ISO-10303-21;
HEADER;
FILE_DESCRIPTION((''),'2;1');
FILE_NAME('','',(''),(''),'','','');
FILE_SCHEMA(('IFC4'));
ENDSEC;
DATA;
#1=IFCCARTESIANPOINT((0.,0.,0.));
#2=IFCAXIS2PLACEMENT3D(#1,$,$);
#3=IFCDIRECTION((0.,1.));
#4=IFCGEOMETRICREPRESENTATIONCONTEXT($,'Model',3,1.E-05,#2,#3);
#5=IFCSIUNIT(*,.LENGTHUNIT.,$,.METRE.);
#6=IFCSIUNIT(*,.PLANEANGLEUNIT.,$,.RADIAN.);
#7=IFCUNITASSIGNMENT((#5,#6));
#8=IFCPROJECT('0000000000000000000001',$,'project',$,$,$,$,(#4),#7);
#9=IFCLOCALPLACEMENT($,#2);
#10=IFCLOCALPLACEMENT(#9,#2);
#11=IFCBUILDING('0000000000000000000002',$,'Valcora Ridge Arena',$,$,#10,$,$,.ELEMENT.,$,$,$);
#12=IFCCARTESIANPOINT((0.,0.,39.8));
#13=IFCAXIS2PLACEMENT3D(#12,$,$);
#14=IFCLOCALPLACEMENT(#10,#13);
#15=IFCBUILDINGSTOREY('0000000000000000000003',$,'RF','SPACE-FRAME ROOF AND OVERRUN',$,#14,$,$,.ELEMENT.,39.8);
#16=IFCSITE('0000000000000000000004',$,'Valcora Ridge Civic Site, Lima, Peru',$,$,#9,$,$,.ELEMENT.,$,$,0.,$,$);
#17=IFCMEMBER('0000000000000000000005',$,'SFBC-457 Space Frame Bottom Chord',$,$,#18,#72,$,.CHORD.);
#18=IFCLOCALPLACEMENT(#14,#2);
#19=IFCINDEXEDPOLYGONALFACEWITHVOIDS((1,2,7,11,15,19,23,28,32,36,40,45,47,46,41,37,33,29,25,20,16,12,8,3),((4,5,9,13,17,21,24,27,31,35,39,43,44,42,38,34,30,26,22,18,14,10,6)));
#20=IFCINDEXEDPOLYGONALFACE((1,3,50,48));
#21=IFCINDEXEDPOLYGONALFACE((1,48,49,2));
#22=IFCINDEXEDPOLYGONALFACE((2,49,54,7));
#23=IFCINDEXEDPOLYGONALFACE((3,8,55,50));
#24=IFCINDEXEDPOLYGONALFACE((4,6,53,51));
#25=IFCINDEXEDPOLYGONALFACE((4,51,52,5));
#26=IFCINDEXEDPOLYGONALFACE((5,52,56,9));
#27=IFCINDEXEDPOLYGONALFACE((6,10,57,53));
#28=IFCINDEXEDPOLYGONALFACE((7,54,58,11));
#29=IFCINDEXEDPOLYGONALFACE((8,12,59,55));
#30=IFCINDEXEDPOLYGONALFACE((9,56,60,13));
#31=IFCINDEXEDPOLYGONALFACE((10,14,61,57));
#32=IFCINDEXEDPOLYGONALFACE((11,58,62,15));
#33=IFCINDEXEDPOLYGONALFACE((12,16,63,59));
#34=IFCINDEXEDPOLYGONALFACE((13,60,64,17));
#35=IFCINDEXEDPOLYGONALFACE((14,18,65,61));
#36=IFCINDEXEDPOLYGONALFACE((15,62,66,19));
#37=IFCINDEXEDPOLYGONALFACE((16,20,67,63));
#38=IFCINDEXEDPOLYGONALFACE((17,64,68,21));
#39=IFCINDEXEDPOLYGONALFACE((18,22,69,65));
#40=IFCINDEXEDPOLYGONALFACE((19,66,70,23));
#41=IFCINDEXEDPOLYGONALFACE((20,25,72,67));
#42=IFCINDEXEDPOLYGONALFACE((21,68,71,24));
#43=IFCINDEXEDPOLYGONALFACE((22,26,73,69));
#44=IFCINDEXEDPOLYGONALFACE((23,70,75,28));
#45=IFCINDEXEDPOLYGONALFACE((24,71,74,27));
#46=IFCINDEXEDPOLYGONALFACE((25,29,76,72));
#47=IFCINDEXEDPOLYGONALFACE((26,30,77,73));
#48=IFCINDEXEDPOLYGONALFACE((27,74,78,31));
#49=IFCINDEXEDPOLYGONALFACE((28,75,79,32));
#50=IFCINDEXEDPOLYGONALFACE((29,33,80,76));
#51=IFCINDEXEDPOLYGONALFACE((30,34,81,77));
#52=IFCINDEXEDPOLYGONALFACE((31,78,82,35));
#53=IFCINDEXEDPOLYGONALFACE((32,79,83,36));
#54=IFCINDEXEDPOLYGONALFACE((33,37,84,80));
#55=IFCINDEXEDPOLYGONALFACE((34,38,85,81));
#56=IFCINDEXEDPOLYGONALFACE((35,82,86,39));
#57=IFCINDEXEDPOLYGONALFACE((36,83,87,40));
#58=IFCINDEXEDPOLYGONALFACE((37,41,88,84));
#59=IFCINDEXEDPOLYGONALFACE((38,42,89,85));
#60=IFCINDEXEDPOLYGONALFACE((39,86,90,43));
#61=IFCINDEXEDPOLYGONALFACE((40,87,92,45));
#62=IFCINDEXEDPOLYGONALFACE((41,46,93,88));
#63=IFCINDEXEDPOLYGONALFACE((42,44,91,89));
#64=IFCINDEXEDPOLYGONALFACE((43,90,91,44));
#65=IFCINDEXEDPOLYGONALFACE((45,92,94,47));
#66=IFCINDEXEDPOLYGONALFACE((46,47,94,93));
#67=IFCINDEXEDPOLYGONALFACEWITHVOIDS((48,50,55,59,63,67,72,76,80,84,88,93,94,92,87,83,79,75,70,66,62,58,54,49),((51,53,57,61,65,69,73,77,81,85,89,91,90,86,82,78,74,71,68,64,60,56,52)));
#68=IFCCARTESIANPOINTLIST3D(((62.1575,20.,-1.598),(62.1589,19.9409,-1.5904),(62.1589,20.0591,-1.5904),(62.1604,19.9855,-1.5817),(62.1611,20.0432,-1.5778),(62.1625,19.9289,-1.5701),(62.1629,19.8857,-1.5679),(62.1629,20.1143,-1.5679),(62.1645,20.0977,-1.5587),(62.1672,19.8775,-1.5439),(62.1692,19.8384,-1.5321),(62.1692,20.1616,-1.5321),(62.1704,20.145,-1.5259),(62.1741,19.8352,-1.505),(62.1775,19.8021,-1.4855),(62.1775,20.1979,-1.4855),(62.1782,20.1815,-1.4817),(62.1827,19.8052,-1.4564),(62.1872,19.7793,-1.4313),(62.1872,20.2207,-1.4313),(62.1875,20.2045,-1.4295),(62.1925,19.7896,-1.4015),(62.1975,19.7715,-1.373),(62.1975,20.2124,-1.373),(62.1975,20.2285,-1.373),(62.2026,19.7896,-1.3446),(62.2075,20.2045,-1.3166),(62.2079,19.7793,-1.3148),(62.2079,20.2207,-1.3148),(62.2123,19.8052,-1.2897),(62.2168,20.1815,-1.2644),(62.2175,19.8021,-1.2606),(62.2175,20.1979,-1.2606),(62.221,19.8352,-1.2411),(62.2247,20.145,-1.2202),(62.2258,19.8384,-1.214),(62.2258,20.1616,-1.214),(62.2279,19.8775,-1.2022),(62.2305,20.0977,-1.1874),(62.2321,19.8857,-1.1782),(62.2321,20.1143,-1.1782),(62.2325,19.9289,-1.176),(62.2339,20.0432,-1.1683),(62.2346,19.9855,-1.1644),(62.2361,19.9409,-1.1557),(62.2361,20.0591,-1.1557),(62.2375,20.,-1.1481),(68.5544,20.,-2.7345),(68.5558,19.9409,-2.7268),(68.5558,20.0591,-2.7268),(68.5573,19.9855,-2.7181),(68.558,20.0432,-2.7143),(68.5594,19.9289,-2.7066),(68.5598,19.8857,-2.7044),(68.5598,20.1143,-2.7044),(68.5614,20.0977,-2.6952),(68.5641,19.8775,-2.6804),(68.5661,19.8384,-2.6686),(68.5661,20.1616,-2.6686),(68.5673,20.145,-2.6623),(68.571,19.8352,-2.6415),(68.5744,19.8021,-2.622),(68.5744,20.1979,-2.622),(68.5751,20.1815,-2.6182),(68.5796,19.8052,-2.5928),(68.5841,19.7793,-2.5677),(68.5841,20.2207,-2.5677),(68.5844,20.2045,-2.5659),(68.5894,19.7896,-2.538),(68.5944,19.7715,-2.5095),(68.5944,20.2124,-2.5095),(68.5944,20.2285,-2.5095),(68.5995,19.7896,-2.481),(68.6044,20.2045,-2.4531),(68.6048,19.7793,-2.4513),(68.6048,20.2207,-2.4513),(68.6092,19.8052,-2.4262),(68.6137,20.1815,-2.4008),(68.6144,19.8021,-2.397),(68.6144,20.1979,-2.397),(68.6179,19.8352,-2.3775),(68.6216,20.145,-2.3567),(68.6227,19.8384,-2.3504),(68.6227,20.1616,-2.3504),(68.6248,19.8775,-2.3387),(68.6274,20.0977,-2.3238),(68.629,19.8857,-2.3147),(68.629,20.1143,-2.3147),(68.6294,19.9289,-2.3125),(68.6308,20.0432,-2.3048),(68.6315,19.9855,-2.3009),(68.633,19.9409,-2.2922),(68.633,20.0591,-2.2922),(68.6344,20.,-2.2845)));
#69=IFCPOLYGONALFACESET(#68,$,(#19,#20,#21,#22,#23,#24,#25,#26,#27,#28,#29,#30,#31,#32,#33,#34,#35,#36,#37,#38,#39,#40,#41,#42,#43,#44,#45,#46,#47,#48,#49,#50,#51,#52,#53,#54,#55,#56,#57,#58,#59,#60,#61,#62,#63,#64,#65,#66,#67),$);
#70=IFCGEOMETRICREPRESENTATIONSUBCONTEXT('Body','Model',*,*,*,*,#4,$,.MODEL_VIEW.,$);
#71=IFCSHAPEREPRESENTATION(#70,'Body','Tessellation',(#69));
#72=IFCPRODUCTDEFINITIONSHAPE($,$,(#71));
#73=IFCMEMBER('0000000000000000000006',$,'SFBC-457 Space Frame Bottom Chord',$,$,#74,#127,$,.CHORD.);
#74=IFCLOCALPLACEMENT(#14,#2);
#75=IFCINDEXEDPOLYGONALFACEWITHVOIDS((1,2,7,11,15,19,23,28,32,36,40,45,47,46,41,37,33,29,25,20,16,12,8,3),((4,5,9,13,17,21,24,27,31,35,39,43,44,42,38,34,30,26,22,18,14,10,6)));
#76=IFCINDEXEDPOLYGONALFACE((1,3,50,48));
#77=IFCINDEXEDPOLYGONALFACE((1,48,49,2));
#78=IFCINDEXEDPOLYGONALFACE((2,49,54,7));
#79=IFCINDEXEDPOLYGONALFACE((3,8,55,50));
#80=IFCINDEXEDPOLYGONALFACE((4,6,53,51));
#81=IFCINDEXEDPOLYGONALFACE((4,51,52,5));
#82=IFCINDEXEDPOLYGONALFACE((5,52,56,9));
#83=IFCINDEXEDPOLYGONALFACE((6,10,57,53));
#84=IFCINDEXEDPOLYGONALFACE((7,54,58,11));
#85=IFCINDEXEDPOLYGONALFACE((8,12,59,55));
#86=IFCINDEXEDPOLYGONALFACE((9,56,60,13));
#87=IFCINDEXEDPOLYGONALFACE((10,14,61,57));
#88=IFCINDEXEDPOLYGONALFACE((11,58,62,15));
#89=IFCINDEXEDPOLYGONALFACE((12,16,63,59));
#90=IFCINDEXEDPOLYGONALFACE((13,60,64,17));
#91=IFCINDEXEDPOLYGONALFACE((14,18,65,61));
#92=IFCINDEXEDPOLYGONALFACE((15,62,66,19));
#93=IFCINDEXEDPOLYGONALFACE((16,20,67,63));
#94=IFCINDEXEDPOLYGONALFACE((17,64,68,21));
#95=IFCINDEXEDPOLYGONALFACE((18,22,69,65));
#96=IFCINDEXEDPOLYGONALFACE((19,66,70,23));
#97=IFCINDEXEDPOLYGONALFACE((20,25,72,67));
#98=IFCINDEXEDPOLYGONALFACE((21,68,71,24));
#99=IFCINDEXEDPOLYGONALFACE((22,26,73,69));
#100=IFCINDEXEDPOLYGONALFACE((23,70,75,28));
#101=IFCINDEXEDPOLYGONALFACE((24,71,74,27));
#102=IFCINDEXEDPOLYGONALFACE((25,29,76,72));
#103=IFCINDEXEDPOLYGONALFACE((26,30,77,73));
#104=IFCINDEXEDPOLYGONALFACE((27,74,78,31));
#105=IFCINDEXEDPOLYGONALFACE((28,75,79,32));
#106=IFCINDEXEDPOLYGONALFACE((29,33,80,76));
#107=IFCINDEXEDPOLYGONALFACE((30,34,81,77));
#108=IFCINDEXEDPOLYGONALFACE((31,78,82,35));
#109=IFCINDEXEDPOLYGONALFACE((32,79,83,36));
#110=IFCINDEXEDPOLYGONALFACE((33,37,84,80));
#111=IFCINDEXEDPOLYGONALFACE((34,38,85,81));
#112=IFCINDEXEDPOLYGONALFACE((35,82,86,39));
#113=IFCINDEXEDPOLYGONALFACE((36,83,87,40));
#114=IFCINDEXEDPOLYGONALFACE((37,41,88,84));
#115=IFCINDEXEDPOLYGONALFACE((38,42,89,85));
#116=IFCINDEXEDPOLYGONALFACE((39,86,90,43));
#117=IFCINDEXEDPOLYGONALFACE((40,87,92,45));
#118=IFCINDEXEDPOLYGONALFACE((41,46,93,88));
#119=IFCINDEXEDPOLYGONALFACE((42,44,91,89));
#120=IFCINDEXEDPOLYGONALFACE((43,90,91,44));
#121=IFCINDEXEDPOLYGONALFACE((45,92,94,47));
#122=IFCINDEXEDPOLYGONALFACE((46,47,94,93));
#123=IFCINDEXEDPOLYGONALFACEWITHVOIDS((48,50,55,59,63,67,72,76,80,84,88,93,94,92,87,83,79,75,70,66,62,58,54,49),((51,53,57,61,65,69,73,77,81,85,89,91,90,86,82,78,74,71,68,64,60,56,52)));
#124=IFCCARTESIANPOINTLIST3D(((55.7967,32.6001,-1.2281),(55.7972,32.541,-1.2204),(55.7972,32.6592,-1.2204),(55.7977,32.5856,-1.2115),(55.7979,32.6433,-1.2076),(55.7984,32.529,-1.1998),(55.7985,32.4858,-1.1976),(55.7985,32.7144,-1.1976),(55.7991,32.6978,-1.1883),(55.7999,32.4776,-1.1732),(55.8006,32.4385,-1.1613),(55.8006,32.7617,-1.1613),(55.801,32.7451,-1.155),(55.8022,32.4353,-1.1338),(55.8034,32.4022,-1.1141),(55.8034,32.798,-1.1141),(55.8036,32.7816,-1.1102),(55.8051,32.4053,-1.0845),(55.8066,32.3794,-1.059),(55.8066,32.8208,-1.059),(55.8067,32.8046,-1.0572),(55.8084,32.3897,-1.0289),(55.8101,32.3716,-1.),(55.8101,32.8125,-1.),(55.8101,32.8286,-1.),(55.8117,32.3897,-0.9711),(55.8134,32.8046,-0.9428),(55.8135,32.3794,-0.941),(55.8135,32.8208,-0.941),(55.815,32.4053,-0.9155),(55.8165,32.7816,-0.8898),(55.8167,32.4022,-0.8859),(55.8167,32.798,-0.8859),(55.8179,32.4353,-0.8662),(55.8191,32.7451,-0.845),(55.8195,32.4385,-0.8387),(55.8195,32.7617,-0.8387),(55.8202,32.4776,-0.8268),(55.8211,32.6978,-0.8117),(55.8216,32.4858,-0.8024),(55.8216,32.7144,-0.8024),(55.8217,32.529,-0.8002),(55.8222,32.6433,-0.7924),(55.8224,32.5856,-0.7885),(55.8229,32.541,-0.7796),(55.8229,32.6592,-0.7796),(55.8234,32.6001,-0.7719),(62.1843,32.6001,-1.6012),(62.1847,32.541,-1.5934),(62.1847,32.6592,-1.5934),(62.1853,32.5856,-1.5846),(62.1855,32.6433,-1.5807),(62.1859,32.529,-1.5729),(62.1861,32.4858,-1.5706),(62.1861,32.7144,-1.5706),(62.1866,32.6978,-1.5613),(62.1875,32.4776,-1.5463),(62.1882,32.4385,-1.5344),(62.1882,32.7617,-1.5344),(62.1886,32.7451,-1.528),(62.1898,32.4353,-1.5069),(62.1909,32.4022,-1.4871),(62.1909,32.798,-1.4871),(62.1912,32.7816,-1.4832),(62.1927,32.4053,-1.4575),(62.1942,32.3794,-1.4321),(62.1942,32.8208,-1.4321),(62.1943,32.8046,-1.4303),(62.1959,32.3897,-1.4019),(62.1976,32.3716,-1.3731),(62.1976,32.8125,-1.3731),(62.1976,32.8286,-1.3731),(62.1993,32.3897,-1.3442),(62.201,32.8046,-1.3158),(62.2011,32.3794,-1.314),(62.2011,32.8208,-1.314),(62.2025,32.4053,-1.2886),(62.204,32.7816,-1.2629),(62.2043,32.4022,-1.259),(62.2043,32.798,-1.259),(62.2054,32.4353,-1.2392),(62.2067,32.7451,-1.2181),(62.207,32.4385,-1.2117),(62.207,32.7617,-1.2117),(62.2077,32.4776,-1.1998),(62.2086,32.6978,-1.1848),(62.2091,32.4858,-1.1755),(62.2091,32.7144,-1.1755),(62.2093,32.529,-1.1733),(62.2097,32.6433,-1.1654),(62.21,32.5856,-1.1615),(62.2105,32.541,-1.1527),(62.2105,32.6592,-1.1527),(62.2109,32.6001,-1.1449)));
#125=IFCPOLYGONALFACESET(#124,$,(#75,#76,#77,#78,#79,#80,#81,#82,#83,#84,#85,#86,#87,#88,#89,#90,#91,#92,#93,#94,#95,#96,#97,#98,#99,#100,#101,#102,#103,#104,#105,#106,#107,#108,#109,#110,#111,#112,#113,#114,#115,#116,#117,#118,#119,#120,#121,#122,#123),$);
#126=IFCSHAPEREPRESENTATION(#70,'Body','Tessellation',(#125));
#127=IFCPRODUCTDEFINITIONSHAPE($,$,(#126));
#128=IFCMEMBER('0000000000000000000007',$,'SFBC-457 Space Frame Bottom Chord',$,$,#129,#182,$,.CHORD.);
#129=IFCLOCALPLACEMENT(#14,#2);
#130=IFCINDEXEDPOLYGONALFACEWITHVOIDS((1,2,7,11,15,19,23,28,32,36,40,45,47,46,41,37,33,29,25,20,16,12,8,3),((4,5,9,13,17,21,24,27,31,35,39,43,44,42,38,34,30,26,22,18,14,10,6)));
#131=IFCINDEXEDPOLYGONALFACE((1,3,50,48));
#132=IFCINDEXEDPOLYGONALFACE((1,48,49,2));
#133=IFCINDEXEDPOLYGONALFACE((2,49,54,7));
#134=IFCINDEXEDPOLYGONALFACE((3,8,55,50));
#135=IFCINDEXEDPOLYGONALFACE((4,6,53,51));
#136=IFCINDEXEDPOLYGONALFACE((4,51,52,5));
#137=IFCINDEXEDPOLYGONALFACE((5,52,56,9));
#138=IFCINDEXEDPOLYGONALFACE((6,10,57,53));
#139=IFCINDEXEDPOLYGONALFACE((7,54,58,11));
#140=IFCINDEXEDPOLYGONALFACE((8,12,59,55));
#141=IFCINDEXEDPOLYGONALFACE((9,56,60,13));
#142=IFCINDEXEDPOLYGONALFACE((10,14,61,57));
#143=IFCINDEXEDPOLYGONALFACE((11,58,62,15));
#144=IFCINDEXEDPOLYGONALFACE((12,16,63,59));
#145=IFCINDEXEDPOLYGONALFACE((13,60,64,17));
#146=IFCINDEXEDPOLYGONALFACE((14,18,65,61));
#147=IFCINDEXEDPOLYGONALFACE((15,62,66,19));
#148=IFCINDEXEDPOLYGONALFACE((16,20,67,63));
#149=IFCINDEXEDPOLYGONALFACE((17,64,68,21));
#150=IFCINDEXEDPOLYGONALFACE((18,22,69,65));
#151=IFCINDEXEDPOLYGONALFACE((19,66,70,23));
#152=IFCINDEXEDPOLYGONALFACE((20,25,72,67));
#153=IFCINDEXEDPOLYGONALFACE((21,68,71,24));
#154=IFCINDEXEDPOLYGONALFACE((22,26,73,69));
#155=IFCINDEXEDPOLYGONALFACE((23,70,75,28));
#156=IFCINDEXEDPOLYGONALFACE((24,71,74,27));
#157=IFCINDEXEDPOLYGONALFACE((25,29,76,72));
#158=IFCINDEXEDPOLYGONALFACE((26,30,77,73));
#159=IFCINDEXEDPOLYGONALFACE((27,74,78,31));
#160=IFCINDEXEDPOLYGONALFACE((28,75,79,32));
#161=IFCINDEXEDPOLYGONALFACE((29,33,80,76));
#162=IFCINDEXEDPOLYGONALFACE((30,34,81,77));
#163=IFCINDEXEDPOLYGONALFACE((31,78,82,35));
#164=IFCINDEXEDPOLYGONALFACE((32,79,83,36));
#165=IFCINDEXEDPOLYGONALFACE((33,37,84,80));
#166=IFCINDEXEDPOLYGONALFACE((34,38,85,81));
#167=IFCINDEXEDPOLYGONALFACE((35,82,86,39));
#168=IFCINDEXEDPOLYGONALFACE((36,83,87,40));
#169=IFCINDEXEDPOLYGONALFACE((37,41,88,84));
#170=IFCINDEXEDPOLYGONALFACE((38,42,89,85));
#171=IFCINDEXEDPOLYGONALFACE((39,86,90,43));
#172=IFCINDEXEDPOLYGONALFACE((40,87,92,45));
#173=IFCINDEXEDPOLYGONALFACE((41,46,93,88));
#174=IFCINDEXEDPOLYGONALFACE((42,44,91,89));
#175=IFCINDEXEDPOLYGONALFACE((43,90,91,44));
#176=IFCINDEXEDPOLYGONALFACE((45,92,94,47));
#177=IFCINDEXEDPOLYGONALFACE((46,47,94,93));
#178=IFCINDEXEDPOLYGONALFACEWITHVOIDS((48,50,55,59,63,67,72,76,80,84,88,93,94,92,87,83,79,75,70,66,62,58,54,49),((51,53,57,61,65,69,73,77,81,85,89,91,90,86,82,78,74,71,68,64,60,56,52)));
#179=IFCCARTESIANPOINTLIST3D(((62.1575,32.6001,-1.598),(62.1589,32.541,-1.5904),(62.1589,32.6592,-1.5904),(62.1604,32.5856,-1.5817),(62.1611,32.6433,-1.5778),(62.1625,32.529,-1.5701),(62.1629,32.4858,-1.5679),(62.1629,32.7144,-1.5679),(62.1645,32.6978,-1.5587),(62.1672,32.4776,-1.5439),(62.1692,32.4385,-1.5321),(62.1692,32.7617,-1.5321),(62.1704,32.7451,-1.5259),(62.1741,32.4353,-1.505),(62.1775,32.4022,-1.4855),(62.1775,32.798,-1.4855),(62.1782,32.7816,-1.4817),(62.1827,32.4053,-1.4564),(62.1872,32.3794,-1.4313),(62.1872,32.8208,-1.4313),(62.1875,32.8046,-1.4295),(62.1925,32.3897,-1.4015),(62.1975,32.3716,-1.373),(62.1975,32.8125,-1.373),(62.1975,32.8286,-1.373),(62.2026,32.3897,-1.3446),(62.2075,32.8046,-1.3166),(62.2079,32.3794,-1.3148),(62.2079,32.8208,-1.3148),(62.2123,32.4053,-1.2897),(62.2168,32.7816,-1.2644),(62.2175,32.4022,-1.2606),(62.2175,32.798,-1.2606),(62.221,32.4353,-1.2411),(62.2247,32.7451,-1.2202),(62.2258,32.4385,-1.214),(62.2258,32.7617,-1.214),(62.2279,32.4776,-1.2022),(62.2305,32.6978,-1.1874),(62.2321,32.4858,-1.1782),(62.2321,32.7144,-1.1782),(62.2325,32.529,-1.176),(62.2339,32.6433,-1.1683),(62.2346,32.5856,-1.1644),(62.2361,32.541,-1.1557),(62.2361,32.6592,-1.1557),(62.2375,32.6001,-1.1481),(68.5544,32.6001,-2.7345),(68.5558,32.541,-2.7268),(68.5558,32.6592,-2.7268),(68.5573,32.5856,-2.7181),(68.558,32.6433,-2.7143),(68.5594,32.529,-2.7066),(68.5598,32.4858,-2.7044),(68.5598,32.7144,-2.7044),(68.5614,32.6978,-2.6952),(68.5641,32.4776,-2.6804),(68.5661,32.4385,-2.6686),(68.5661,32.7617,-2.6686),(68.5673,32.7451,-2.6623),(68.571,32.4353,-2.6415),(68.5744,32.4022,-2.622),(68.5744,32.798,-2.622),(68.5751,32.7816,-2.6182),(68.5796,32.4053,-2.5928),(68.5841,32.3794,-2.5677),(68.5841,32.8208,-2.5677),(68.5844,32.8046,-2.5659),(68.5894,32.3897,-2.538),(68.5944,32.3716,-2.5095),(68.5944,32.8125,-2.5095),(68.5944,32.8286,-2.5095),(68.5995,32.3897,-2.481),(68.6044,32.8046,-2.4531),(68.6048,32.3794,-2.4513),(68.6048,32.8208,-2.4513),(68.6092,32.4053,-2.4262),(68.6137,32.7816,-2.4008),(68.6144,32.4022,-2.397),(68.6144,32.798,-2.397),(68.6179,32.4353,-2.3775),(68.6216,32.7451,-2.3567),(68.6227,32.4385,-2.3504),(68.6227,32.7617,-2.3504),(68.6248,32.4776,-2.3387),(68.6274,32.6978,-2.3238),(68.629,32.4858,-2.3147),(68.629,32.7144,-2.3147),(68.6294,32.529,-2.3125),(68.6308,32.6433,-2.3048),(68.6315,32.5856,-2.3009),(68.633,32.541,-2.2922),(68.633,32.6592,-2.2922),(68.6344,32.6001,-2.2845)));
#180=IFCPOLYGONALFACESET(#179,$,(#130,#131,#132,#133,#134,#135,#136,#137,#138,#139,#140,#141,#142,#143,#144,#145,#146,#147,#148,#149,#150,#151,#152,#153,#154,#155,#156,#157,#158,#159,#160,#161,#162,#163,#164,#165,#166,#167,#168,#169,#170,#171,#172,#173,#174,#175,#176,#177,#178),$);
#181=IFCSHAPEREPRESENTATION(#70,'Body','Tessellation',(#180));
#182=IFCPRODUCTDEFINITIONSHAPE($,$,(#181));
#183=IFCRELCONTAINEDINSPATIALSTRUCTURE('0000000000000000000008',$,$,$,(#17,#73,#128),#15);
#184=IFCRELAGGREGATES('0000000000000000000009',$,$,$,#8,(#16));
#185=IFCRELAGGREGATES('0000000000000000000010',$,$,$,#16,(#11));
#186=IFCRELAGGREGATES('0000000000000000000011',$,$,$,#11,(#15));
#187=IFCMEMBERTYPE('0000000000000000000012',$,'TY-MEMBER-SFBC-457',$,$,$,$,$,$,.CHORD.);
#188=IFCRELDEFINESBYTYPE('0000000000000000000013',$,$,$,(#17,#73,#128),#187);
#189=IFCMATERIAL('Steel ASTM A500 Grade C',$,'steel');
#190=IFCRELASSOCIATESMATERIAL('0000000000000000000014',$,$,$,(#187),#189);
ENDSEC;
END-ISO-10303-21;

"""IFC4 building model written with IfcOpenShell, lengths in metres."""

from ifc_helpers import new_model, si_unit, direction, frame, origin, origin_2d, place, context, subcontext, project, spatial, hollow_circle, extrude, material, material_profile, profile_set, type_object, element, save


model = new_model("IFC4")

# Units and contexts
model_context = context("Model", 3, precision=1e-05, world=origin(), true_north=direction((0.0, 1.0)))
body_context = subcontext(model_context, "Body", "Model", "MODEL_VIEW")
ifc_project = project(units=[si_unit("LENGTHUNIT", "METRE"), si_unit("PLANEANGLEUNIT", "RADIAN")], contexts=[model_context])

# Site, building, storey
site_placement = place(None, origin())
site = spatial("IfcSite", under=ifc_project, at=site_placement, Name="Valcora Ridge Civic Site, Lima, Peru", CompositionType="ELEMENT", RefElevation=0.0)
building_placement = place(site_placement, origin())
building = spatial("IfcBuilding", under=site, at=building_placement, Name="Valcora Ridge Arena", CompositionType="ELEMENT")
storey_placement = place(building_placement, frame((0.0, 0.0, 39.8)))
storey = spatial("IfcBuildingStorey", under=building, at=storey_placement, Name="RF", Description="SPACE-FRAME ROOF AND OVERRUN", CompositionType="ELEMENT", Elevation=39.8)

# Members
ifc_material_1 = material(Name="Steel ASTM A500 Grade C", Category="steel")
ifc_material_profile_1 = material_profile(ifc_material_1, hollow_circle(Radius=0.2285, WallThickness=0.0161, at=origin_2d()), Name="CHS457X16")
ifc_profile_set_1 = profile_set([ifc_material_profile_1], Name="Steel ASTM A500 Grade C")
member_type_1 = type_object("IfcMemberType", Name="TY-MEMBER-SFBC-457", PredefinedType="CHORD", material=ifc_profile_set_1)
member_1_placement = place(storey_placement, frame((62.1975, 20.0, -1.373), z_axis=(0.984583, 0.0, -0.174919), x_axis=(0.0, 1.0, 0.0)))
element("IfcMember", 1, at=member_1_placement, inside=storey, type_object=member_type_1, Name="SFBC-457 Space Frame Bottom Chord", PredefinedType="CHORD", context=body_context, shape_type="SweptSolid", body=[
    extrude(hollow_circle(Radius=0.2285, WallThickness=0.0161, at=origin_2d()), origin(), (0.0, 0.0, 1.0), 6.4971),
])
member_2_placement = place(storey_placement, frame((55.8101, 32.6001, -1.0), z_axis=(0.998299, 0.0, -0.058304), x_axis=(0.0, 1.0, 0.0)))
element("IfcMember", 2, at=member_2_placement, inside=storey, type_object=member_type_1, Name="SFBC-457 Space Frame Bottom Chord", PredefinedType="CHORD", context=body_context, shape_type="SweptSolid", body=[
    extrude(hollow_circle(Radius=0.2285, WallThickness=0.0161, at=origin_2d()), origin(), (0.0, 0.0, 1.0), 6.3984),
])
member_3_placement = place(storey_placement, frame((62.1975, 32.6001, -1.373), z_axis=(0.984583, 0.0, -0.174919), x_axis=(0.0, 1.0, 0.0)))
element("IfcMember", 3, at=member_3_placement, inside=storey, type_object=member_type_1, Name="SFBC-457 Space Frame Bottom Chord", PredefinedType="CHORD", context=body_context, shape_type="SweptSolid", body=[
    extrude(hollow_circle(Radius=0.2285, WallThickness=0.0161, at=origin_2d()), origin(), (0.0, 0.0, 1.0), 6.4971),
])

save(model, "model.ifc")
